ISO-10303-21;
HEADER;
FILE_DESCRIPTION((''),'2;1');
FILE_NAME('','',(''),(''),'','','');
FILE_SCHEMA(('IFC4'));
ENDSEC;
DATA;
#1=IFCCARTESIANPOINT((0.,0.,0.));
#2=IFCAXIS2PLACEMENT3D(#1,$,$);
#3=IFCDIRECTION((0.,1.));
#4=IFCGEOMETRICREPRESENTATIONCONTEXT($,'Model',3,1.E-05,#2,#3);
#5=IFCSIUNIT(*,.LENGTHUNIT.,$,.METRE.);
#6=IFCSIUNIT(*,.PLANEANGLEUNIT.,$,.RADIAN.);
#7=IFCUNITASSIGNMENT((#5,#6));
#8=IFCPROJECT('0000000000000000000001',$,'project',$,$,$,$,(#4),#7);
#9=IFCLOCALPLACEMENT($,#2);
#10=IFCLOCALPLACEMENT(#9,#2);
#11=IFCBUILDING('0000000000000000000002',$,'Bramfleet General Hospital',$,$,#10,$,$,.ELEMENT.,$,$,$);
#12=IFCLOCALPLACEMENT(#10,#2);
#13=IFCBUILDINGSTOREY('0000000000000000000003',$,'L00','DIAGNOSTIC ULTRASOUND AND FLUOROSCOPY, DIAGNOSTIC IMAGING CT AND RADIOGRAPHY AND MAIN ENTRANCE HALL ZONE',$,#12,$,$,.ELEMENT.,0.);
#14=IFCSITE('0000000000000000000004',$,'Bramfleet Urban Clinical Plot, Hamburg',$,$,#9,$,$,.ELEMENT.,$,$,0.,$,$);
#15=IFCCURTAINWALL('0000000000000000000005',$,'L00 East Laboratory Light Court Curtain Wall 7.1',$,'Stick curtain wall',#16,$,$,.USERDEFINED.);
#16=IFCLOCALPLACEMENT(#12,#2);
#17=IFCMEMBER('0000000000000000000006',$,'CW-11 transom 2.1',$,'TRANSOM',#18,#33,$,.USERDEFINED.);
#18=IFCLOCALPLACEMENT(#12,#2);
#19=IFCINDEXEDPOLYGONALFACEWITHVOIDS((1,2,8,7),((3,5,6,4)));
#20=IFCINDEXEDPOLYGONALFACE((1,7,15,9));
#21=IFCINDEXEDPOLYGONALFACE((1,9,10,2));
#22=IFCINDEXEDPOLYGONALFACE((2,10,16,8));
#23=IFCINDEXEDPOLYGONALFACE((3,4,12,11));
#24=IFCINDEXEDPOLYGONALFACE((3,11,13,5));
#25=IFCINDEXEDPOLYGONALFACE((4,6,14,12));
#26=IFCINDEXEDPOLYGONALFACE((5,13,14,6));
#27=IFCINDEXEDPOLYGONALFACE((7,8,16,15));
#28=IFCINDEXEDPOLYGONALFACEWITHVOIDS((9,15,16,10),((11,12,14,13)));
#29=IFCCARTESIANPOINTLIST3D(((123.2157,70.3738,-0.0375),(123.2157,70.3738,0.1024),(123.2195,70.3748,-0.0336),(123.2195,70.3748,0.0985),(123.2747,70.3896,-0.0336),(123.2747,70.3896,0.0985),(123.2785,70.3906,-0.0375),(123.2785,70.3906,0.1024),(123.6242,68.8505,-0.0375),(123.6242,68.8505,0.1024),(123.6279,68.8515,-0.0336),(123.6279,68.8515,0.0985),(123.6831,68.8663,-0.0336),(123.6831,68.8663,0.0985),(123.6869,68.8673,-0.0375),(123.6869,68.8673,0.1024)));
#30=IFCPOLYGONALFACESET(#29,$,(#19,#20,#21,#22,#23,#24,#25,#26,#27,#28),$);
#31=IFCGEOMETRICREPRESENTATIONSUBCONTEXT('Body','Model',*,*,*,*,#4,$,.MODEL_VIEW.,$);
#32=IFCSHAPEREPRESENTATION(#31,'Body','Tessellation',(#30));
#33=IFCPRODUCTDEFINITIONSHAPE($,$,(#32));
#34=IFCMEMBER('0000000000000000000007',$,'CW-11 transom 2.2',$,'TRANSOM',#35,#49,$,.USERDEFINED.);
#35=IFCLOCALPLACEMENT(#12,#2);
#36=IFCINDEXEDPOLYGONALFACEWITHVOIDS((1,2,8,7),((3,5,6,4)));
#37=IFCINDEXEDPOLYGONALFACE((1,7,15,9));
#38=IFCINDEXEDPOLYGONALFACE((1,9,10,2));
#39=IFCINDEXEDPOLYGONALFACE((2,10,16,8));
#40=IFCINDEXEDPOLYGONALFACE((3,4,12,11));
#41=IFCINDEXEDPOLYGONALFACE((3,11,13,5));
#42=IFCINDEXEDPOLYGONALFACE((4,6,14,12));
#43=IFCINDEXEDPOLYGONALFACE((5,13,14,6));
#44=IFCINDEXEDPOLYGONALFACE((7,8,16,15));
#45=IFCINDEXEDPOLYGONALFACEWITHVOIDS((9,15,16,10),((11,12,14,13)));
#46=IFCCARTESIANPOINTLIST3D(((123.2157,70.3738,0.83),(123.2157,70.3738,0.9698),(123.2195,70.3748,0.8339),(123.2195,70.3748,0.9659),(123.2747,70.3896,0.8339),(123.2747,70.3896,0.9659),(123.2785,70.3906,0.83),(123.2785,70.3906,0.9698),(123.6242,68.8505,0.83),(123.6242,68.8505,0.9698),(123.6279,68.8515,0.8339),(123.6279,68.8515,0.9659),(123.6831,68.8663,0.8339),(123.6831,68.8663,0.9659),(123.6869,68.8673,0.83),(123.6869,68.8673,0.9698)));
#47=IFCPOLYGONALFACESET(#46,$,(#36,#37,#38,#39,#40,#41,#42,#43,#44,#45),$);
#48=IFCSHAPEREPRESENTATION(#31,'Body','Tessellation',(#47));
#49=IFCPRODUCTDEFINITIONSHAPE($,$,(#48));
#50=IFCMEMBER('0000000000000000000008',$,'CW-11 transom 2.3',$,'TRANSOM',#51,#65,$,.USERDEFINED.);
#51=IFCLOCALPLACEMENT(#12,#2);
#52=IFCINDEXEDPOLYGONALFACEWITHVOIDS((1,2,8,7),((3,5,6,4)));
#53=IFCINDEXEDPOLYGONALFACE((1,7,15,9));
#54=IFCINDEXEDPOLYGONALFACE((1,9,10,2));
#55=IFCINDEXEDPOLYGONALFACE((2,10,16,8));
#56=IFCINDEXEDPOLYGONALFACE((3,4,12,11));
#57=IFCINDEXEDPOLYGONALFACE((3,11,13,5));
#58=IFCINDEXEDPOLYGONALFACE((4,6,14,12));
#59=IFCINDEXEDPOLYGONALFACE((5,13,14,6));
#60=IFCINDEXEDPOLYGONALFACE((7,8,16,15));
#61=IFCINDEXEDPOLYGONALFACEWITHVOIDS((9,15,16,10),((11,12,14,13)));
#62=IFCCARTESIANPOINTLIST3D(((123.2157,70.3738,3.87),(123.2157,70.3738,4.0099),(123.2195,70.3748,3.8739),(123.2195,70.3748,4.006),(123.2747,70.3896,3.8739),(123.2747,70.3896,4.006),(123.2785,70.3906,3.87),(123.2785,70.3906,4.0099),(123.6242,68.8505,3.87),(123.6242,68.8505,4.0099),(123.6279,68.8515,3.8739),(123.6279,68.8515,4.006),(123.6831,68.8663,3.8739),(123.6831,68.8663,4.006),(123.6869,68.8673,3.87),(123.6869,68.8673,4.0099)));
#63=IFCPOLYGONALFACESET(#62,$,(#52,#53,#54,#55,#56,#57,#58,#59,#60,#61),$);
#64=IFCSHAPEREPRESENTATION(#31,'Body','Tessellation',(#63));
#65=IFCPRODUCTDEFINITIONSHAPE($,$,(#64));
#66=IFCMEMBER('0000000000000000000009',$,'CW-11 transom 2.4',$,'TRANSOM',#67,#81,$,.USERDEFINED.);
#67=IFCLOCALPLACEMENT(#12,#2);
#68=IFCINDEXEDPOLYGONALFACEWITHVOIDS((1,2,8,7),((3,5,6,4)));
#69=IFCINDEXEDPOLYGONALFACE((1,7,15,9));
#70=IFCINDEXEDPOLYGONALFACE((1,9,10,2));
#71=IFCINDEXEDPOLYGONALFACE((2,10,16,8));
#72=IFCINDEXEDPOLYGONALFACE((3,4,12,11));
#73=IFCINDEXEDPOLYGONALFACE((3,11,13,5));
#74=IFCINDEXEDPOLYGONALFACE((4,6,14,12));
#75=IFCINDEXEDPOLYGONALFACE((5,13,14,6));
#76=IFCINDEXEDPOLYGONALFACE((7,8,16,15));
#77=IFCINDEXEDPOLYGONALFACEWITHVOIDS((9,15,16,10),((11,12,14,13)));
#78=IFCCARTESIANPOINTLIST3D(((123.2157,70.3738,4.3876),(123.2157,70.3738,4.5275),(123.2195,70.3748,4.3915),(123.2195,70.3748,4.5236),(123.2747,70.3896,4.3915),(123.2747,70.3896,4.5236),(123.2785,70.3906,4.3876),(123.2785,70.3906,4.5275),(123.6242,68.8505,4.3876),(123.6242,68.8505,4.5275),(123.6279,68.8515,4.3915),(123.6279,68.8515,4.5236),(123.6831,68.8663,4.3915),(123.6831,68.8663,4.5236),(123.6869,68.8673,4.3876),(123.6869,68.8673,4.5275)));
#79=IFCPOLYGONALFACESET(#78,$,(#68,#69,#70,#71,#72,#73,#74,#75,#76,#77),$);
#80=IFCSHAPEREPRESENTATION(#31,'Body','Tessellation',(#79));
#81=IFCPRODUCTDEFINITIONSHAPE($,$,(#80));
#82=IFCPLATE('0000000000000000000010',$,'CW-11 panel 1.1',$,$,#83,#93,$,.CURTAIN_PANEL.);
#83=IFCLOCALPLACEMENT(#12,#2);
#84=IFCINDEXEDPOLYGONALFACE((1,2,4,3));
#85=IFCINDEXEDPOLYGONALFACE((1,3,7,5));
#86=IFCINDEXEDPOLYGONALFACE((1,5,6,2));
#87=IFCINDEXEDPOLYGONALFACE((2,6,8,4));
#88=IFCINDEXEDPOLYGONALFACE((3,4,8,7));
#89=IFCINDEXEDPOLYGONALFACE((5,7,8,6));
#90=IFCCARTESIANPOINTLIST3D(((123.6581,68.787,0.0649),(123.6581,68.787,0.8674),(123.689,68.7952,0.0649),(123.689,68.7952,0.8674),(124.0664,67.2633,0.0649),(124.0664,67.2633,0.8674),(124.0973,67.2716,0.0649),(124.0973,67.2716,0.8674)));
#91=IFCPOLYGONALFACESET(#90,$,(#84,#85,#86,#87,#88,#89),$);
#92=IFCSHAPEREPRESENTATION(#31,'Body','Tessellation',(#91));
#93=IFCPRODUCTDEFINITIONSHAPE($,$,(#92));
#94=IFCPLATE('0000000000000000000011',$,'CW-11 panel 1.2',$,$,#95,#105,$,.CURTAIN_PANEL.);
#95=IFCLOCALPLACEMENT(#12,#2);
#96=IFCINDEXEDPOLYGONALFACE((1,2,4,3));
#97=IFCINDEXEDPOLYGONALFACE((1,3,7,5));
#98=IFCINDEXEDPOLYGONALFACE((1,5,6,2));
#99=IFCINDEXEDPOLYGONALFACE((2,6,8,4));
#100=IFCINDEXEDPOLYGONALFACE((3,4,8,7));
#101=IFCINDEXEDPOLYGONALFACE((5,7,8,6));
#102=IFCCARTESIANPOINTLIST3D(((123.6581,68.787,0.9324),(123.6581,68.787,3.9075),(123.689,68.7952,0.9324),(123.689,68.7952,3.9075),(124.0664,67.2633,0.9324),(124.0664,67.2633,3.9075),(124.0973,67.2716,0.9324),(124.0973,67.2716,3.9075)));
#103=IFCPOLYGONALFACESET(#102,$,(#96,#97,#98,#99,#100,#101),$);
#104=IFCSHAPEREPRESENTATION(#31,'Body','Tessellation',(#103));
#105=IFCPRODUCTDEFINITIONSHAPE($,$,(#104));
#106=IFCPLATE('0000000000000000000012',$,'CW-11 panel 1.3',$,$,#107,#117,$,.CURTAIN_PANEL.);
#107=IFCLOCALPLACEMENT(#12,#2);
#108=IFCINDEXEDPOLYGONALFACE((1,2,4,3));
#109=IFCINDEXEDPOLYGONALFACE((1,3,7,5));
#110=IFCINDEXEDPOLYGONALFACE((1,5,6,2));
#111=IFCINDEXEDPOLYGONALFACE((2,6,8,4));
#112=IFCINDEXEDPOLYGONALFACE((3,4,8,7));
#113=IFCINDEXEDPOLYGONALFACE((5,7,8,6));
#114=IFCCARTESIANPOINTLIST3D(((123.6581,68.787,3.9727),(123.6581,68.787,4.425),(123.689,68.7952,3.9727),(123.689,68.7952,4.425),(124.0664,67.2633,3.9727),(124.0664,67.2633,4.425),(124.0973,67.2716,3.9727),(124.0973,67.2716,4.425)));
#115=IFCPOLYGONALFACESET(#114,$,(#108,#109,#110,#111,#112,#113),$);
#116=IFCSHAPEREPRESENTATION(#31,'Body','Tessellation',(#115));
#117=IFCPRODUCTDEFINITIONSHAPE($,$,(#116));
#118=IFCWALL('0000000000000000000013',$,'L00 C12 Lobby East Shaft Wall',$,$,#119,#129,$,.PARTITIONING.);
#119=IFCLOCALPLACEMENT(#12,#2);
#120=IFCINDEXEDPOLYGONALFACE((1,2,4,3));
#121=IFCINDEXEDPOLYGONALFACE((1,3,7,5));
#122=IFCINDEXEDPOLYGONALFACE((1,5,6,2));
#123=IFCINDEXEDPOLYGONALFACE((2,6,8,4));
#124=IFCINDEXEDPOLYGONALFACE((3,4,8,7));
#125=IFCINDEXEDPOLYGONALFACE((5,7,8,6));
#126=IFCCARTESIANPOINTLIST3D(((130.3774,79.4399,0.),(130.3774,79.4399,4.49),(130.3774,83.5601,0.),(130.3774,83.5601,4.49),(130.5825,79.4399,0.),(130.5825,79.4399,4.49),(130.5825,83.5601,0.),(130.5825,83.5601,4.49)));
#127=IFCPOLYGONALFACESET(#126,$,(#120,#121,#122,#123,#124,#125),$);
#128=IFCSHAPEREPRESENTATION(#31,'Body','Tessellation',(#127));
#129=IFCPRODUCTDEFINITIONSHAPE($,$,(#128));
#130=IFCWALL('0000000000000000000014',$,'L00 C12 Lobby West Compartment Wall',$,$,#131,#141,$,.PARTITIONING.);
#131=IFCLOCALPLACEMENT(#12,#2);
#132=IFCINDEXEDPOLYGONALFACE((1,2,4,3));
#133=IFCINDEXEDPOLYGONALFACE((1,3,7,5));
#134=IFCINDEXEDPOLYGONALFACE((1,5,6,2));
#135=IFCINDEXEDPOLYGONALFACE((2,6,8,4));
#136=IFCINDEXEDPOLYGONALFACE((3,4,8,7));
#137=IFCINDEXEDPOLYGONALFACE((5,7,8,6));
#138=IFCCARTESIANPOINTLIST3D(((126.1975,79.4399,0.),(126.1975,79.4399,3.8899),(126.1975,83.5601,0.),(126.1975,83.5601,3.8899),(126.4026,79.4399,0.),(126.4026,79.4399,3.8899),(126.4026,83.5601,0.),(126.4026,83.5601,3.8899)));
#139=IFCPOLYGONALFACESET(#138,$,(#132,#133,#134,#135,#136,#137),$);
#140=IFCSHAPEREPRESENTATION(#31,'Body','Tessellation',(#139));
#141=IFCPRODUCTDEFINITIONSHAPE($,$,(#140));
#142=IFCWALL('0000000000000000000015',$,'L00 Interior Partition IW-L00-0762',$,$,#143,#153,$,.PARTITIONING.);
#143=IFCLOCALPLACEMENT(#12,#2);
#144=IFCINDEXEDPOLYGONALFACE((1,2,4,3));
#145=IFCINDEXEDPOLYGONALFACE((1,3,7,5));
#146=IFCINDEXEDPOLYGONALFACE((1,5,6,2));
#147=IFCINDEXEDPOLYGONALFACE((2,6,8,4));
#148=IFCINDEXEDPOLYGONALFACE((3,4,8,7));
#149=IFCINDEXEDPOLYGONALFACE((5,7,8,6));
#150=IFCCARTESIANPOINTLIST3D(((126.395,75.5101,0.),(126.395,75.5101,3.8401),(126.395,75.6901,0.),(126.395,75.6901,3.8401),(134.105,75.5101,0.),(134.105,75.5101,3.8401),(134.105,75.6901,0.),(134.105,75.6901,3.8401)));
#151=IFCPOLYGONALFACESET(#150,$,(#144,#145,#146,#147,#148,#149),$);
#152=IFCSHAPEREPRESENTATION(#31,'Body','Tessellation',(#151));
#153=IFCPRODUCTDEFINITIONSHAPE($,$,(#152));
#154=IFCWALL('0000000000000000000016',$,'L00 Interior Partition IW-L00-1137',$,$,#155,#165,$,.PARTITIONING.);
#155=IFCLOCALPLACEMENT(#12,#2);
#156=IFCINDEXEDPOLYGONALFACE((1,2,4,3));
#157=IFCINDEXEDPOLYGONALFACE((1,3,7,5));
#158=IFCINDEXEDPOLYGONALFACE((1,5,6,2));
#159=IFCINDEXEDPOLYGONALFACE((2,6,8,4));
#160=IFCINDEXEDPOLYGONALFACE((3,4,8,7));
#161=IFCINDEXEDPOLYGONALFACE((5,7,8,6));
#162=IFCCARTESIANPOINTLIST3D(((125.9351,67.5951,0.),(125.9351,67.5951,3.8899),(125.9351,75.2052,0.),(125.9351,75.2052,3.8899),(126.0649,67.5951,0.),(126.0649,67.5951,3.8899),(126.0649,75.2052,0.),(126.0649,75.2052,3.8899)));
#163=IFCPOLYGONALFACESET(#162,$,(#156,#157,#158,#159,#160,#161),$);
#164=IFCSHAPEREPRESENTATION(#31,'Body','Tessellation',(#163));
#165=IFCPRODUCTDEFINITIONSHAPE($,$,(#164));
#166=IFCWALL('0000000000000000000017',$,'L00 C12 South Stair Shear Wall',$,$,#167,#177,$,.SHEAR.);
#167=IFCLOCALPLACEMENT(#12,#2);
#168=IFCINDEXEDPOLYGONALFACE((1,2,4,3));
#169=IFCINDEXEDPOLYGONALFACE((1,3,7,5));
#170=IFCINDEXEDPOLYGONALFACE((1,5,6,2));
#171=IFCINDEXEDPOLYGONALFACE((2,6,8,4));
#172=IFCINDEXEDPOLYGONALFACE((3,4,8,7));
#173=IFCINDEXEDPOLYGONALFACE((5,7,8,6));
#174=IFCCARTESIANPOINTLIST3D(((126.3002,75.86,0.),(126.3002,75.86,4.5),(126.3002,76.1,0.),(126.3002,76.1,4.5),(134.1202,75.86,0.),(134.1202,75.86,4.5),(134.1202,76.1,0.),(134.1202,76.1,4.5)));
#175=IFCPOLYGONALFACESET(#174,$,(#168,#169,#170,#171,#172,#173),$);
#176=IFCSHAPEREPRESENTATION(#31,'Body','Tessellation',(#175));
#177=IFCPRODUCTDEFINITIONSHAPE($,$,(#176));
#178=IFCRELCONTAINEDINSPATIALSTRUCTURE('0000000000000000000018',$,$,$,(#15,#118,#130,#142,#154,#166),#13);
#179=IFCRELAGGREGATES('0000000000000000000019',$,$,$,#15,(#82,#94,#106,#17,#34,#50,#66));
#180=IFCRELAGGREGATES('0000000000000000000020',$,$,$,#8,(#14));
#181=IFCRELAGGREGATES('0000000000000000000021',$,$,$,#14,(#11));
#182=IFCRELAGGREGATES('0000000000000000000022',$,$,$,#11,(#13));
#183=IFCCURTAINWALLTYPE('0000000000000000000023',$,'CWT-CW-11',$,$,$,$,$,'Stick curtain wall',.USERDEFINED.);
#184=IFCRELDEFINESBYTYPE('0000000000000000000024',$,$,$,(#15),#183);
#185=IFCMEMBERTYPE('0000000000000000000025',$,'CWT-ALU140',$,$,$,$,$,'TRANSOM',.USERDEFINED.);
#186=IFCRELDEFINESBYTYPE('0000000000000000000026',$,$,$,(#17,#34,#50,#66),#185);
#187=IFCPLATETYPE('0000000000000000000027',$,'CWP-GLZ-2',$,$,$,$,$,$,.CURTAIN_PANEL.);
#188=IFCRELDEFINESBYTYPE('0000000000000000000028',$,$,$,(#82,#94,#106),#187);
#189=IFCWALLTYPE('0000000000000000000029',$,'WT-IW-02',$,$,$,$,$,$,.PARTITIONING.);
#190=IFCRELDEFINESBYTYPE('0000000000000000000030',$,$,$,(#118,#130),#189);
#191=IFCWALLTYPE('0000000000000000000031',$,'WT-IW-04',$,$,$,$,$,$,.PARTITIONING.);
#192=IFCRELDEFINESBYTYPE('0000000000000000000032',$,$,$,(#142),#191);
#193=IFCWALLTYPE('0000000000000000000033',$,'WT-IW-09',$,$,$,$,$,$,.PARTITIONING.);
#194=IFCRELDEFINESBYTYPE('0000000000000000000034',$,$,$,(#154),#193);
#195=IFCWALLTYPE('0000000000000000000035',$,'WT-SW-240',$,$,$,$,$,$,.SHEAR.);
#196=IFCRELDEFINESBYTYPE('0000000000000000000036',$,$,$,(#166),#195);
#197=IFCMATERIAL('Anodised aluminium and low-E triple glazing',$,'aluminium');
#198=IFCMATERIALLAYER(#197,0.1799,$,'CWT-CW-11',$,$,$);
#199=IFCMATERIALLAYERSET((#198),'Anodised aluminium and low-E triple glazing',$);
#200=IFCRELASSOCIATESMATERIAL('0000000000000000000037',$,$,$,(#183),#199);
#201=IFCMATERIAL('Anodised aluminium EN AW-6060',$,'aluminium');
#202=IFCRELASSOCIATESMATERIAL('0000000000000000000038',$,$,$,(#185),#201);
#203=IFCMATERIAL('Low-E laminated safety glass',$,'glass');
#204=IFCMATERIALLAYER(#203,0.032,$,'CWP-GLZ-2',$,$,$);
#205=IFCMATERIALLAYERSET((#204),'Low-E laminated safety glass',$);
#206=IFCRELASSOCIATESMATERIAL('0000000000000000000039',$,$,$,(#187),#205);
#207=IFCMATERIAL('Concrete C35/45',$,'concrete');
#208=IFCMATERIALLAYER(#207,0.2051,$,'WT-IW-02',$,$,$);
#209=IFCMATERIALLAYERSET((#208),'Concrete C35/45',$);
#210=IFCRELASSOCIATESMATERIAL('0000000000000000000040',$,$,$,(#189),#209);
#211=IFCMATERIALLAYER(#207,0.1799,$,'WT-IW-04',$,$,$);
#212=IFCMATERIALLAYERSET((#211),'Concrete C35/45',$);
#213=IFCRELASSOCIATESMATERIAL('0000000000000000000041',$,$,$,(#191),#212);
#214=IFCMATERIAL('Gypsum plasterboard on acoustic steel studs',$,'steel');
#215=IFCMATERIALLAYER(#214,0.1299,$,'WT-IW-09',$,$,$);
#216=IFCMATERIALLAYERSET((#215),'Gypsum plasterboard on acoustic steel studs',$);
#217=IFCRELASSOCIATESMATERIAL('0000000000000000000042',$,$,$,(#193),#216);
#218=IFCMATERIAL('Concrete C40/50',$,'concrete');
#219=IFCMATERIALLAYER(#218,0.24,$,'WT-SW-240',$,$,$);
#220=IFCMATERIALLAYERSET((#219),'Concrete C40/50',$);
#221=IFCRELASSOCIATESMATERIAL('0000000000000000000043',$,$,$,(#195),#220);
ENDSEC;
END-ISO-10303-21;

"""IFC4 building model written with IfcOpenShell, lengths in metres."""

from ifc_helpers import new_model, si_unit, direction, frame, frame_2d, origin, origin_2d, place, context, subcontext, project, spatial, rectangle, hollow_rectangle, extrude, material, layer, layer_set, material_profile, profile_set, type_object, element, aggregate, save


model = new_model("IFC4")

# Units and contexts
model_context = context("Model", 3, precision=1e-05, world=origin(), true_north=direction((0.0, 1.0)))
body_context = subcontext(model_context, "Body", "Model", "MODEL_VIEW")
ifc_project = project(units=[si_unit("LENGTHUNIT", "METRE"), si_unit("PLANEANGLEUNIT", "RADIAN")], contexts=[model_context])

# Site, building, storey
site_placement = place(None, origin())
site = spatial("IfcSite", under=ifc_project, at=site_placement, Name="Bramfleet Urban Clinical Plot, Hamburg", CompositionType="ELEMENT", RefElevation=0.0)
building_placement = place(site_placement, origin())
building = spatial("IfcBuilding", under=site, at=building_placement, Name="Bramfleet General Hospital", CompositionType="ELEMENT")
storey_placement = place(building_placement, origin())
storey = spatial("IfcBuildingStorey", under=building, at=storey_placement, Name="L00", Description="DIAGNOSTIC ULTRASOUND AND FLUOROSCOPY, DIAGNOSTIC IMAGING CT AND RADIOGRAPHY AND MAIN ENTRANCE HALL ZONE", CompositionType="ELEMENT", Elevation=0.0)

# Shared definitions
ifc_material_1 = material(Name="Concrete C40/50", Category="concrete")

# Shared definitions
ifc_material_2 = material(Name="Concrete C35/45", Category="concrete")

# Curtain wall, members, plates
ifc_material_3 = material(Name="Anodised aluminium and low-E triple glazing", Category="aluminium")
ifc_layer_1 = layer(ifc_material_3, 0.1799, Name="CWT-CW-11")
ifc_layer_set_1 = layer_set([ifc_layer_1], Name="Anodised aluminium and low-E triple glazing")
curtain_wall_type = type_object("IfcCurtainWallType", Name="CWT-CW-11", ElementType="Stick curtain wall", PredefinedType="USERDEFINED", material=ifc_layer_set_1)
curtain_wall_placement = place(storey_placement, origin())
curtain_wall = element("IfcCurtainWall", 1, at=curtain_wall_placement, inside=storey, type_object=curtain_wall_type, Name="L00 East Laboratory Light Court Curtain Wall 7.1", ObjectType="Stick curtain wall", PredefinedType="USERDEFINED")
ifc_material_4 = material(Name="Anodised aluminium EN AW-6060", Category="aluminium")
ifc_material_profile_1 = material_profile(ifc_material_4, hollow_rectangle(XDim=0.0649, YDim=0.1399, WallThickness=0.0039, at=origin_2d()), Name="ALU 140x65x4.0")
ifc_profile_set_1 = profile_set([ifc_material_profile_1], Name="Anodised aluminium EN AW-6060")
member_type_1 = type_object("IfcMemberType", Name="CWT-ALU140", ElementType="TRANSOM", PredefinedType="USERDEFINED", material=ifc_profile_set_1)
member_1_placement = place(storey_placement, frame((123.6555, 68.8589, 0.0325), z_axis=(-0.258963, 0.965887, 0.0), x_axis=(-0.965887, -0.258963, 0.0)))
member_1 = element("IfcMember", 2, at=member_1_placement, type_object=member_type_1, Name="CW-11 transom 2.1", ObjectType="TRANSOM", PredefinedType="USERDEFINED", context=body_context, shape_type="SweptSolid", body=[
    extrude(hollow_rectangle(XDim=0.0649, YDim=0.1399, WallThickness=0.0039, at=origin_2d()), origin(), (0.0, 0.0, 1.0), 1.5771),
])
member_2_placement = place(storey_placement, frame((123.6555, 68.8589, 0.8999), z_axis=(-0.258963, 0.965887, 0.0), x_axis=(-0.965887, -0.258963, 0.0)))
member_2 = element("IfcMember", 3, at=member_2_placement, type_object=member_type_1, Name="CW-11 transom 2.2", ObjectType="TRANSOM", PredefinedType="USERDEFINED", context=body_context, shape_type="SweptSolid", body=[
    extrude(hollow_rectangle(XDim=0.0649, YDim=0.1399, WallThickness=0.0039, at=origin_2d()), origin(), (0.0, 0.0, 1.0), 1.5771),
])
member_3_placement = place(storey_placement, frame((123.6555, 68.8589, 3.9399), z_axis=(-0.258963, 0.965887, 0.0), x_axis=(-0.965887, -0.258963, 0.0)))
member_3 = element("IfcMember", 4, at=member_3_placement, type_object=member_type_1, Name="CW-11 transom 2.3", ObjectType="TRANSOM", PredefinedType="USERDEFINED", context=body_context, shape_type="SweptSolid", body=[
    extrude(hollow_rectangle(XDim=0.0649, YDim=0.1399, WallThickness=0.0039, at=origin_2d()), origin(), (0.0, 0.0, 1.0), 1.5771),
])
member_4_placement = place(storey_placement, frame((123.6555, 68.8589, 4.4575), z_axis=(-0.258963, 0.965887, 0.0), x_axis=(-0.965887, -0.258963, 0.0)))
member_4 = element("IfcMember", 5, at=member_4_placement, type_object=member_type_1, Name="CW-11 transom 2.4", ObjectType="TRANSOM", PredefinedType="USERDEFINED", context=body_context, shape_type="SweptSolid", body=[
    extrude(hollow_rectangle(XDim=0.0649, YDim=0.1399, WallThickness=0.0039, at=origin_2d()), origin(), (0.0, 0.0, 1.0), 1.5771),
])
ifc_material_5 = material(Name="Low-E laminated safety glass", Category="glass")
ifc_layer_2 = layer(ifc_material_5, 0.032, Name="CWP-GLZ-2")
ifc_layer_set_2 = layer_set([ifc_layer_2], Name="Low-E laminated safety glass")
plate_type = type_object("IfcPlateType", Name="CWP-GLZ-2", PredefinedType="CURTAIN_PANEL", material=ifc_layer_set_2)
plate_1_placement = place(storey_placement, frame((123.8777, 68.0293, 0.0649), z_axis=(0.0, 0.0, 1.0), x_axis=(-0.258865, 0.965914, 0.0)))
plate_1 = element("IfcPlate", 6, at=plate_1_placement, type_object=plate_type, Name="CW-11 panel 1.1", PredefinedType="CURTAIN_PANEL", context=body_context, shape_type="SweptSolid", body=[
    extrude(rectangle(XDim=1.5774, YDim=0.032, at=origin_2d()), origin(), (0.0, 0.0, 1.0), 0.8025),
])
plate_2_placement = place(storey_placement, frame((123.8777, 68.0293, 0.9324), z_axis=(0.0, 0.0, 1.0), x_axis=(-0.258865, 0.965914, 0.0)))
plate_2 = element("IfcPlate", 7, at=plate_2_placement, type_object=plate_type, Name="CW-11 panel 1.2", PredefinedType="CURTAIN_PANEL", context=body_context, shape_type="SweptSolid", body=[
    extrude(rectangle(XDim=1.5774, YDim=0.032, at=origin_2d()), origin(), (0.0, 0.0, 1.0), 2.9751),
])
plate_3_placement = place(storey_placement, frame((123.8777, 68.0293, 3.9727), z_axis=(0.0, 0.0, 1.0), x_axis=(-0.258865, 0.965914, 0.0)))
plate_3 = element("IfcPlate", 8, at=plate_3_placement, type_object=plate_type, Name="CW-11 panel 1.3", PredefinedType="CURTAIN_PANEL", context=body_context, shape_type="SweptSolid", body=[
    extrude(rectangle(XDim=1.5774, YDim=0.032, at=origin_2d()), origin(), (0.0, 0.0, 1.0), 0.4524),
])
aggregate(curtain_wall, [plate_1, plate_2, plate_3, member_1, member_2, member_3, member_4])

# Walls
ifc_layer_3 = layer(ifc_material_2, 0.2051, Name="WT-IW-02")
ifc_layer_set_3 = layer_set([ifc_layer_3], Name="Concrete C35/45")
wall_type_1 = type_object("IfcWallType", Name="WT-IW-02", PredefinedType="PARTITIONING", material=ifc_layer_set_3)
wall_1_placement = place(storey_placement, frame((130.48, 79.4399, 0.0), z_axis=(0.0, 0.0, 1.0), x_axis=(0.0, 1.0, 0.0)))
element("IfcWall", 9, at=wall_1_placement, inside=storey, type_object=wall_type_1, Name="L00 C12 Lobby East Shaft Wall", PredefinedType="PARTITIONING", context=body_context, shape_type="SweptSolid", body=[
    extrude(rectangle(XDim=4.1201, YDim=0.2051, at=frame_2d((2.0601, 0.0))), origin(), (0.0, 0.0, 1.0), 4.49),
])
wall_2_placement = place(storey_placement, frame((126.3, 79.4399, 0.0), z_axis=(0.0, 0.0, 1.0), x_axis=(0.0, 1.0, 0.0)))
element("IfcWall", 10, at=wall_2_placement, inside=storey, type_object=wall_type_1, Name="L00 C12 Lobby West Compartment Wall", PredefinedType="PARTITIONING", context=body_context, shape_type="SweptSolid", body=[
    extrude(rectangle(XDim=4.1201, YDim=0.2051, at=frame_2d((2.0601, 0.0))), origin(), (0.0, 0.0, 1.0), 3.8899),
])
ifc_layer_4 = layer(ifc_material_2, 0.1799, Name="WT-IW-04")
ifc_layer_set_4 = layer_set([ifc_layer_4], Name="Concrete C35/45")
wall_type_2 = type_object("IfcWallType", Name="WT-IW-04", PredefinedType="PARTITIONING", material=ifc_layer_set_4)
wall_3_placement = place(storey_placement, frame((126.395, 75.6001, 0.0), z_axis=(0.0, 0.0, 1.0), x_axis=(1.0, 0.0, 0.0)))
element("IfcWall", 11, at=wall_3_placement, inside=storey, type_object=wall_type_2, Name="L00 Interior Partition IW-L00-0762", PredefinedType="PARTITIONING", context=body_context, shape_type="SweptSolid", body=[
    extrude(rectangle(XDim=7.71, YDim=0.1799, at=frame_2d((3.855, 0.0))), origin(), (0.0, 0.0, 1.0), 3.8401),
])
ifc_material_6 = material(Name="Gypsum plasterboard on acoustic steel studs", Category="steel")
ifc_layer_5 = layer(ifc_material_6, 0.1299, Name="WT-IW-09")
ifc_layer_set_5 = layer_set([ifc_layer_5], Name="Gypsum plasterboard on acoustic steel studs")
wall_type_3 = type_object("IfcWallType", Name="WT-IW-09", PredefinedType="PARTITIONING", material=ifc_layer_set_5)
wall_4_placement = place(storey_placement, frame((126.0, 67.595, 0.0), z_axis=(0.0, 0.0, 1.0), x_axis=(0.0, 1.0, 0.0)))
element("IfcWall", 12, at=wall_4_placement, inside=storey, type_object=wall_type_3, Name="L00 Interior Partition IW-L00-1137", PredefinedType="PARTITIONING", context=body_context, shape_type="SweptSolid", body=[
    extrude(rectangle(XDim=7.6101, YDim=0.1299, at=frame_2d((3.8052, 0.0))), origin(), (0.0, 0.0, 1.0), 3.8899),
])
ifc_layer_6 = layer(ifc_material_1, 0.24, Name="WT-SW-240")
ifc_layer_set_6 = layer_set([ifc_layer_6], Name="Concrete C40/50")
wall_type_4 = type_object("IfcWallType", Name="WT-SW-240", PredefinedType="SHEAR", material=ifc_layer_set_6)
wall_5_placement = place(storey_placement, frame((126.3, 75.98, 0.0), z_axis=(0.0, 0.0, 1.0), x_axis=(1.0, 0.0, 0.0)))
element("IfcWall", 13, at=wall_5_placement, inside=storey, type_object=wall_type_4, Name="L00 C12 South Stair Shear Wall", PredefinedType="SHEAR", context=body_context, shape_type="SweptSolid", body=[
    extrude(rectangle(XDim=7.8201, YDim=0.24, at=frame_2d((3.9102, 0.0))), origin(), (0.0, 0.0, 1.0), 4.5),
])

save(model, "model.ifc")
